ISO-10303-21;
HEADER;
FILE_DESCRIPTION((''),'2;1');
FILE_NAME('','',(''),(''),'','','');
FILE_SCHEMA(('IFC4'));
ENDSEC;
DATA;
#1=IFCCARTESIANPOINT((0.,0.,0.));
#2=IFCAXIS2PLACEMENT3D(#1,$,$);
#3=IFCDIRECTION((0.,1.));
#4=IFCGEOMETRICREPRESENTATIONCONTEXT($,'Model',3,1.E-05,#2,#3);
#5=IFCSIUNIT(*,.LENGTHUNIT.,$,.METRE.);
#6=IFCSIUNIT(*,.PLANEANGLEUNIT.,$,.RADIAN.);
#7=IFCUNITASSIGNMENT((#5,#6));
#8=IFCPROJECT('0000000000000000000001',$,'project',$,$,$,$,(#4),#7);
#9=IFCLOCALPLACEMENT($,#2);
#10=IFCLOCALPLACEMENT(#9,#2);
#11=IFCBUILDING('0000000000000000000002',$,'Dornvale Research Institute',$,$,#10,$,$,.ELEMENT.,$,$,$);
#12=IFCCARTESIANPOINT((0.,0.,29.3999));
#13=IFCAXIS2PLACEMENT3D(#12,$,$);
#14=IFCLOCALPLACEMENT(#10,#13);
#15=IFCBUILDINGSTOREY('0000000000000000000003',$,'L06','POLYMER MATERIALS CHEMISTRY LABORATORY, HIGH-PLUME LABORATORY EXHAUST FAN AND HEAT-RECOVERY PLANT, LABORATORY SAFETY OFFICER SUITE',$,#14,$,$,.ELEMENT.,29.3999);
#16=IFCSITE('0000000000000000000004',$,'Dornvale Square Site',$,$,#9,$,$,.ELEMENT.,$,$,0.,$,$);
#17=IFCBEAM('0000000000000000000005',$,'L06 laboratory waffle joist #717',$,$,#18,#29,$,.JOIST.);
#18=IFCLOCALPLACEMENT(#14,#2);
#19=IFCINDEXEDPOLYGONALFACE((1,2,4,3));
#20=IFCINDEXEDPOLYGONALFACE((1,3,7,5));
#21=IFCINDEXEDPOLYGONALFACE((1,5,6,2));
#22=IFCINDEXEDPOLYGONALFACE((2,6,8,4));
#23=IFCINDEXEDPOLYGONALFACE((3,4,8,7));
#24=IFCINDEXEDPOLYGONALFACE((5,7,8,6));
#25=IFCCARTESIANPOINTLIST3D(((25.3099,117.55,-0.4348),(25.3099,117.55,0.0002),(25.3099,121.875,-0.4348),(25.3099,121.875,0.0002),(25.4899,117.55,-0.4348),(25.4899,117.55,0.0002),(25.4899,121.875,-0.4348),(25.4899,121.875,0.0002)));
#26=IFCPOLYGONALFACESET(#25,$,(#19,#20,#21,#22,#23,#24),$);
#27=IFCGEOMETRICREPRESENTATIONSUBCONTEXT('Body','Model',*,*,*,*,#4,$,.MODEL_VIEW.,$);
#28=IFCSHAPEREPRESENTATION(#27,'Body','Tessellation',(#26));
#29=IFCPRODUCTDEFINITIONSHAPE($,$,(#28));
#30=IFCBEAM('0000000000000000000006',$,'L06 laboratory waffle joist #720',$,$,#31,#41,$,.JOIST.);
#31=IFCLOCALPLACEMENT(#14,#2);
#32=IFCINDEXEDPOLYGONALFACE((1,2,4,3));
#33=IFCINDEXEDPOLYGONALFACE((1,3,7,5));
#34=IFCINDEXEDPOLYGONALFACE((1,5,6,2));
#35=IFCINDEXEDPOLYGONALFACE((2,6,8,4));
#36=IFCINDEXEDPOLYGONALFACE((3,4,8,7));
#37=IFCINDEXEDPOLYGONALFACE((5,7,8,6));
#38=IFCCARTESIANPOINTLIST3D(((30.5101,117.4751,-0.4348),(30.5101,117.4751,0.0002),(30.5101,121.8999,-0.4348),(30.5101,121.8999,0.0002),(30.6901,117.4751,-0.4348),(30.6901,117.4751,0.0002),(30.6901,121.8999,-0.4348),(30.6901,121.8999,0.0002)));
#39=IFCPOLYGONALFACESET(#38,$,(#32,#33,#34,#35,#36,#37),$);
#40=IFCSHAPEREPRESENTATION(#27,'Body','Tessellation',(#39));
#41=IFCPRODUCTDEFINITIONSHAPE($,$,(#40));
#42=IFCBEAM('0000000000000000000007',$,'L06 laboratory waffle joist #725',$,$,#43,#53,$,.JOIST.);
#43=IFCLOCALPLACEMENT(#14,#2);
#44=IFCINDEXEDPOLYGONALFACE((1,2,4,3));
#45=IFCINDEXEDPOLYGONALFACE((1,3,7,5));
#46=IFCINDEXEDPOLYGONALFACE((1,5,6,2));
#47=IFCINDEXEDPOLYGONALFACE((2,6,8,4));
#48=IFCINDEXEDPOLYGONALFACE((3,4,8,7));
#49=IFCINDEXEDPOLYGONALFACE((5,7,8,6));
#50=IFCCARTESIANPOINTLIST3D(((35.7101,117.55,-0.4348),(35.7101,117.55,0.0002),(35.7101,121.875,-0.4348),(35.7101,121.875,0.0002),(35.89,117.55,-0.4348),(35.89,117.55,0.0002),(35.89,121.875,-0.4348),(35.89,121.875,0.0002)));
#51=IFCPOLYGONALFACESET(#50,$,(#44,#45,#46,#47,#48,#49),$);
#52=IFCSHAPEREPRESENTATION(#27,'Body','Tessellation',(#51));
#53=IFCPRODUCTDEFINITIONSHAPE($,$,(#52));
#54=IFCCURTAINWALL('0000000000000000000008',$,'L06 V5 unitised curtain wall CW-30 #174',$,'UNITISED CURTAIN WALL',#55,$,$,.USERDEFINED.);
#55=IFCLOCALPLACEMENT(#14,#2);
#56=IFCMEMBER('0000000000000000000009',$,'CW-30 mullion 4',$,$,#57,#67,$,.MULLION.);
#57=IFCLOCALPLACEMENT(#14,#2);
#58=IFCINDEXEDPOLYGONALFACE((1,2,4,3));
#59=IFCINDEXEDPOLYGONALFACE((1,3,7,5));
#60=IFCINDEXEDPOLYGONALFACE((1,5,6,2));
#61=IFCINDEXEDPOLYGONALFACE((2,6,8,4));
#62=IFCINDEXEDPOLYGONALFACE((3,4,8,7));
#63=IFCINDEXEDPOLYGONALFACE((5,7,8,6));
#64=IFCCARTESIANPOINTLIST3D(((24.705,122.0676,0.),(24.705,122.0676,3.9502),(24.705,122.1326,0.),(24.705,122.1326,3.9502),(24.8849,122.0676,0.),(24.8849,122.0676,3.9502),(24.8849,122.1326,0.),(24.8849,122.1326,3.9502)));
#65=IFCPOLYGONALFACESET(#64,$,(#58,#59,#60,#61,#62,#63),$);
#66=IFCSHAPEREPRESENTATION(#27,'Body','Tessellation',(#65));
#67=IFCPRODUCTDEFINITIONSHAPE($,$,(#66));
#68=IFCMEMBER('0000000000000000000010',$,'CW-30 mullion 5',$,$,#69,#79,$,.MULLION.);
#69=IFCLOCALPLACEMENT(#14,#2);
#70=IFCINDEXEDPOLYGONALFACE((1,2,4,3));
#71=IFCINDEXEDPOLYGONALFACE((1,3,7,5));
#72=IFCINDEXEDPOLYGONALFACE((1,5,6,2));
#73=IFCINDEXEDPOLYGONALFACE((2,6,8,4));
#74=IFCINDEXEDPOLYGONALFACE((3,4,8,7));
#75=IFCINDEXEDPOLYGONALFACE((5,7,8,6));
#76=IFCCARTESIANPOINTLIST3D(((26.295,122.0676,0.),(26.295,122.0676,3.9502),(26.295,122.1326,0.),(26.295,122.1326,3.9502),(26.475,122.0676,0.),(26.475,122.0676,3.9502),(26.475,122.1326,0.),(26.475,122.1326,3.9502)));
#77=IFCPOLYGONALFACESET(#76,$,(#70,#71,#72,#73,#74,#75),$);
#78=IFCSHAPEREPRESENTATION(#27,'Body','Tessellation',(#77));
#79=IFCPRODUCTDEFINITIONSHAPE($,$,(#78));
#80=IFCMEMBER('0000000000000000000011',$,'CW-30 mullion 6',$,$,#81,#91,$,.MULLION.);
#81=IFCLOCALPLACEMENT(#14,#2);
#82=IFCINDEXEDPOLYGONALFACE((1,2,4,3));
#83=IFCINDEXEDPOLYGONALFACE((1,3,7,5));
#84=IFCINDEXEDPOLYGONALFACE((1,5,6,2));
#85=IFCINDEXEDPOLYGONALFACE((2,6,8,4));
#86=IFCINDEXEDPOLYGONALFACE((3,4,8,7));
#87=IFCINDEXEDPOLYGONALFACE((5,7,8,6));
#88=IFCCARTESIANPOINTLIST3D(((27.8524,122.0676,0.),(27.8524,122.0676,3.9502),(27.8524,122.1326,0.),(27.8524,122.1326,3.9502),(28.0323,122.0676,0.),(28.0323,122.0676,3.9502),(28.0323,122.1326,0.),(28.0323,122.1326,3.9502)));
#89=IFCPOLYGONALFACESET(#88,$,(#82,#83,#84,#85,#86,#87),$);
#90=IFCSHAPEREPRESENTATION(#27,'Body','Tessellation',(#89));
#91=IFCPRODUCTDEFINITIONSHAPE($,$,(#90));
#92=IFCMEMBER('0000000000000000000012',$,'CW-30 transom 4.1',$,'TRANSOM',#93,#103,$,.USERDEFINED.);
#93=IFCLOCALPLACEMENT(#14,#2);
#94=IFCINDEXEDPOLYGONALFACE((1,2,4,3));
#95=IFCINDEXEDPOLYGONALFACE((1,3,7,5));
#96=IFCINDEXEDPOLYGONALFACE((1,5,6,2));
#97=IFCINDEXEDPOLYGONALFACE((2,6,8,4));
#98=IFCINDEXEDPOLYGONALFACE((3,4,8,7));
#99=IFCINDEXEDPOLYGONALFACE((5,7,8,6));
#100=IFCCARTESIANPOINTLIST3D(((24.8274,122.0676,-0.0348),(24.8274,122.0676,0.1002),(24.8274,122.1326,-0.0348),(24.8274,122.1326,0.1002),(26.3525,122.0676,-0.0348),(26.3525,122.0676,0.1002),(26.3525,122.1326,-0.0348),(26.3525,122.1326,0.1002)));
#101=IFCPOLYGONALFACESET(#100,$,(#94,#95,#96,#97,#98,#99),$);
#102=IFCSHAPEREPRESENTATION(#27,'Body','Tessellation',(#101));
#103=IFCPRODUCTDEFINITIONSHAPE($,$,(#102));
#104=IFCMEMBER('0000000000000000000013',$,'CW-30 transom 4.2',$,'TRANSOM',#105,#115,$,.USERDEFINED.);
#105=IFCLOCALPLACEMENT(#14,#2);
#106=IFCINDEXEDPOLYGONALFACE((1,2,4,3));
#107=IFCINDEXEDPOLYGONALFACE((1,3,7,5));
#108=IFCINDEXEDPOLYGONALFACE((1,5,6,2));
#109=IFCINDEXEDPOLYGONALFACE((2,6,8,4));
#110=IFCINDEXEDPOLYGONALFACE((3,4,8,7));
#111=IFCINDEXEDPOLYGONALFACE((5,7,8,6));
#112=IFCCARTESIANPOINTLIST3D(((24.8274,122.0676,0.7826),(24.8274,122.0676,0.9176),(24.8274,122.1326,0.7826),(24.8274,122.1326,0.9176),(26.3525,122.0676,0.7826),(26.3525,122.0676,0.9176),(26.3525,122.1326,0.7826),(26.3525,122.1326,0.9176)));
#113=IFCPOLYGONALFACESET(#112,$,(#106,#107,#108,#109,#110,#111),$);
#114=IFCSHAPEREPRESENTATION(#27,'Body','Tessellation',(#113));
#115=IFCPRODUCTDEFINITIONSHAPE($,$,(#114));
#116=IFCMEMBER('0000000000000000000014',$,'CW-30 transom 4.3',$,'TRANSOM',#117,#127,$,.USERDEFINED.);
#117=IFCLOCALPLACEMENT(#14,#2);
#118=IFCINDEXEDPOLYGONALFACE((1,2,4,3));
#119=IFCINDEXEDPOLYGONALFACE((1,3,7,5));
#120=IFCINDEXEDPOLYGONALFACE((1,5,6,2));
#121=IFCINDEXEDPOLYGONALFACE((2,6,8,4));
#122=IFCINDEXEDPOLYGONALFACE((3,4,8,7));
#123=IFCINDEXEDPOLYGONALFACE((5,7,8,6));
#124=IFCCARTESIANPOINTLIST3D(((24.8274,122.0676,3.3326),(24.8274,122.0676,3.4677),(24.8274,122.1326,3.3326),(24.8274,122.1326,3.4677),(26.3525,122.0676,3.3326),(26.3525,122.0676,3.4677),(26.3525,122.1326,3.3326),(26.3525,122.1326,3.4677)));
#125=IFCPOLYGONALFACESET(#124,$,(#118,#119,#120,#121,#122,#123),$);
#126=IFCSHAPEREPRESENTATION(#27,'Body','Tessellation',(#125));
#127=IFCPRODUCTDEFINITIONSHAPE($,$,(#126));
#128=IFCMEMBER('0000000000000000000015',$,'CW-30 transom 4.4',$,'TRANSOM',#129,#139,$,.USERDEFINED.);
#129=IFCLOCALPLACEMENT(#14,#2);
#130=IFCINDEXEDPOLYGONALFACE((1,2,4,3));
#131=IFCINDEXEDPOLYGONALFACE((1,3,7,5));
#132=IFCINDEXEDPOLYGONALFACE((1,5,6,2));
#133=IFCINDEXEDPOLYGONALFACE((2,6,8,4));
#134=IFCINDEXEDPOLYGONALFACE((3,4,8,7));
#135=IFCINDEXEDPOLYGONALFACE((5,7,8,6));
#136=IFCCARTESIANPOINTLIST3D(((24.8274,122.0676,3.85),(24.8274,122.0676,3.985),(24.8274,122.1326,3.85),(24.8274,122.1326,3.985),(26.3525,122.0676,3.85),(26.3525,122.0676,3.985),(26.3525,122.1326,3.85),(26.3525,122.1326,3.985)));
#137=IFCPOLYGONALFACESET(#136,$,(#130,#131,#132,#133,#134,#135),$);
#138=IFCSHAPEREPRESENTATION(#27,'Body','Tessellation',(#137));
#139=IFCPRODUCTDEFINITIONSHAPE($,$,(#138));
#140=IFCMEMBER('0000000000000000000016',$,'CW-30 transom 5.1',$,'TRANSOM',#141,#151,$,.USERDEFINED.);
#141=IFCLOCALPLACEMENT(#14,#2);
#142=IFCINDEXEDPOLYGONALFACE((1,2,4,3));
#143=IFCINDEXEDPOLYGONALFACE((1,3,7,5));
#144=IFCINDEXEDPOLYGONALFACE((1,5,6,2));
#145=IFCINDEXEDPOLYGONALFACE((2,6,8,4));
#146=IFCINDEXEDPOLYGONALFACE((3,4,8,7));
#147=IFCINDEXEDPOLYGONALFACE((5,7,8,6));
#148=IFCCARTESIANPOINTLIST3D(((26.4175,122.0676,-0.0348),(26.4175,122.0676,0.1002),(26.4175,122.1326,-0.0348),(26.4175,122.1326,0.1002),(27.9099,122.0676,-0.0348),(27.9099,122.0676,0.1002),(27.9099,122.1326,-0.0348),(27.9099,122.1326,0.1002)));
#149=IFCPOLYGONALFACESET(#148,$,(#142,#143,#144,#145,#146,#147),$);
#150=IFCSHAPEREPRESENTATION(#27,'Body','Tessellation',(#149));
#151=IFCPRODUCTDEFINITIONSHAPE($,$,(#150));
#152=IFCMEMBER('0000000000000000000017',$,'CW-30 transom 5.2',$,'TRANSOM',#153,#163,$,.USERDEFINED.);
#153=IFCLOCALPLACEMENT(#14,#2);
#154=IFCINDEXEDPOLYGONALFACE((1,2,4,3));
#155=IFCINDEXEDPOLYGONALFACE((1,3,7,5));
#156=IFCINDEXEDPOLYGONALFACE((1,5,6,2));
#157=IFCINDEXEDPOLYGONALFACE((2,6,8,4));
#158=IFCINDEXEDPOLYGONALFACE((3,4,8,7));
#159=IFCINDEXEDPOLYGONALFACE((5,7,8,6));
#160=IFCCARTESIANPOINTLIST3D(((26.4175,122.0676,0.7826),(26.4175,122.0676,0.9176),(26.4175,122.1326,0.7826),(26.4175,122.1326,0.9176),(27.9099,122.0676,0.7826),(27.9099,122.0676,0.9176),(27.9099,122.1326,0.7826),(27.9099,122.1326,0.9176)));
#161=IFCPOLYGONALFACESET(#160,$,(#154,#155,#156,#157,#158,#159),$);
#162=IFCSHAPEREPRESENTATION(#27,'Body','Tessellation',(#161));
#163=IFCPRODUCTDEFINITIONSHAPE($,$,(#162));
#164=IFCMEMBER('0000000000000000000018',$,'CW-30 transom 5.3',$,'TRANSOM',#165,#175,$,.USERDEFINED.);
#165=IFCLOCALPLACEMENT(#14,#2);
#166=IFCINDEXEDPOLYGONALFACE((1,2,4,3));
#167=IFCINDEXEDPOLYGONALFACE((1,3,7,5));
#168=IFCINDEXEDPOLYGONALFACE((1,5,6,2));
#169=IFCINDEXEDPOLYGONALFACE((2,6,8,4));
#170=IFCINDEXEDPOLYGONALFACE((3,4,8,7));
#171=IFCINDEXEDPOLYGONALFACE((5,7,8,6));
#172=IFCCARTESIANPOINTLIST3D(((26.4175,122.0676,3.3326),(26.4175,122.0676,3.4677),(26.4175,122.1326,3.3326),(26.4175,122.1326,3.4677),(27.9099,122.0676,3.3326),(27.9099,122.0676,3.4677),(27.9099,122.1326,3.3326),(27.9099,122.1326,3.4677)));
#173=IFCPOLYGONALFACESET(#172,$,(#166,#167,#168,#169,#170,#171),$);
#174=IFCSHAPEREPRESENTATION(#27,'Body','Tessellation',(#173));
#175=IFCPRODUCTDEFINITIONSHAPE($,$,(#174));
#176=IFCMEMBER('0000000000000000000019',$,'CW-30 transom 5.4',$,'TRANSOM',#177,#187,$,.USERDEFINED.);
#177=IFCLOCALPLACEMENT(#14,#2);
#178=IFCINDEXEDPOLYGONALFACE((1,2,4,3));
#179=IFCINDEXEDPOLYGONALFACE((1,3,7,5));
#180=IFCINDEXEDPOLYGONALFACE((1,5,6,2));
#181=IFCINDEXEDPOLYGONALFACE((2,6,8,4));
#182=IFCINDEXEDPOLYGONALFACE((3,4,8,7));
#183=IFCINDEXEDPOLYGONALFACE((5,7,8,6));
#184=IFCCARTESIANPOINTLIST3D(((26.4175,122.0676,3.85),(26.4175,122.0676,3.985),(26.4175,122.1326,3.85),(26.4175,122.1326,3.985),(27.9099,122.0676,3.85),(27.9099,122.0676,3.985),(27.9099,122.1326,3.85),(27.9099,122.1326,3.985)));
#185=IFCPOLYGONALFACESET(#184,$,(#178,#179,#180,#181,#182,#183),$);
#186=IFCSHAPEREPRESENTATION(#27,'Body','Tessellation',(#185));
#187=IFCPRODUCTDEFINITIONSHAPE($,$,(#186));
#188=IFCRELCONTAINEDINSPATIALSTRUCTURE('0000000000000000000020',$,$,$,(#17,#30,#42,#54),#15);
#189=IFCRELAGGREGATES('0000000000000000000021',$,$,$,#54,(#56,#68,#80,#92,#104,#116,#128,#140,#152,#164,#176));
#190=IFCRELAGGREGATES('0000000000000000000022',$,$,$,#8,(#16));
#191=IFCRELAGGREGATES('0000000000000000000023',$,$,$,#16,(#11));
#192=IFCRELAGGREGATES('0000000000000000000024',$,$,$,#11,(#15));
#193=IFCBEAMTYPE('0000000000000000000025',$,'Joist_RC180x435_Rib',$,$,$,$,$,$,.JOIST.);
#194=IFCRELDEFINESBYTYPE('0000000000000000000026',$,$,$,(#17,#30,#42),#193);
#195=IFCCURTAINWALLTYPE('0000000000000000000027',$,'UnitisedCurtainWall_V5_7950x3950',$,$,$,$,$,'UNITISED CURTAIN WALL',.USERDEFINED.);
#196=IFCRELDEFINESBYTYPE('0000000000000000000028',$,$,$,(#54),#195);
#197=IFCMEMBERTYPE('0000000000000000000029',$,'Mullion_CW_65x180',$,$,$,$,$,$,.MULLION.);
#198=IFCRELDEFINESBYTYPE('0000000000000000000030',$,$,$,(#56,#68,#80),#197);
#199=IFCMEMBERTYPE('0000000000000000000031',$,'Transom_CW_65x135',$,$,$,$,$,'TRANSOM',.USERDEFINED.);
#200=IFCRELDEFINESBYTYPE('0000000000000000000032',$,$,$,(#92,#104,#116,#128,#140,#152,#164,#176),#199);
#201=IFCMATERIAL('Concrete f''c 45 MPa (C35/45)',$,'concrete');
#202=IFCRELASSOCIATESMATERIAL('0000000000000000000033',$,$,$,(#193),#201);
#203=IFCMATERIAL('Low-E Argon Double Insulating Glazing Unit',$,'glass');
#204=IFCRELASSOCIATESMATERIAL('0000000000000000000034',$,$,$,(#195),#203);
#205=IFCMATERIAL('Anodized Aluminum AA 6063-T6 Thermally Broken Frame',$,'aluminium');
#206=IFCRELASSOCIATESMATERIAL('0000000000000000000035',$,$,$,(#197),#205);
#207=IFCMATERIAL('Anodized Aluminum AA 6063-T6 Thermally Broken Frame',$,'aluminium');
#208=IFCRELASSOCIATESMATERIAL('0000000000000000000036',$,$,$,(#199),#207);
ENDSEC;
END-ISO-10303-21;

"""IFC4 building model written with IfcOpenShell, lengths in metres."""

from ifc_helpers import new_model, si_unit, direction, frame, origin, origin_2d, place, context, subcontext, project, spatial, rectangle, extrude, material, material_profile, profile_set, type_object, element, aggregate, save


model = new_model("IFC4")

# Units and contexts
model_context = context("Model", 3, precision=1e-05, world=origin(), true_north=direction((0.0, 1.0)))
body_context = subcontext(model_context, "Body", "Model", "MODEL_VIEW")
ifc_project = project(units=[si_unit("LENGTHUNIT", "METRE"), si_unit("PLANEANGLEUNIT", "RADIAN")], contexts=[model_context])

# Site, building, storey
site_placement = place(None, origin())
site = spatial("IfcSite", under=ifc_project, at=site_placement, Name="Dornvale Square Site", CompositionType="ELEMENT", RefElevation=0.0)
building_placement = place(site_placement, origin())
building = spatial("IfcBuilding", under=site, at=building_placement, Name="Dornvale Research Institute", CompositionType="ELEMENT")
storey_placement = place(building_placement, frame((0.0, 0.0, 29.3999)))
storey = spatial("IfcBuildingStorey", under=building, at=storey_placement, Name="L06", Description="POLYMER MATERIALS CHEMISTRY LABORATORY, HIGH-PLUME LABORATORY EXHAUST FAN AND HEAT-RECOVERY PLANT, LABORATORY SAFETY OFFICER SUITE", CompositionType="ELEMENT", Elevation=29.3999)

# Beams
ifc_material_1 = material(Name="Concrete f'c 45 MPa (C35/45)", Category="concrete")
ifc_material_profile_1 = material_profile(ifc_material_1, rectangle(XDim=0.1799, YDim=0.4351, at=origin_2d()), Name="RC 180x435")
ifc_profile_set_1 = profile_set([ifc_material_profile_1], Name="Concrete f'c 45 MPa (C35/45)")
beam_type = type_object("IfcBeamType", Name="Joist_RC180x435_Rib", PredefinedType="JOIST", material=ifc_profile_set_1)
beam_1_placement = place(storey_placement, frame((25.3999, 117.55, -0.2173), z_axis=(0.0, 1.0, 0.0), x_axis=(-1.0, 0.0, 0.0)))
element("IfcBeam", 1, at=beam_1_placement, inside=storey, type_object=beam_type, Name="L06 laboratory waffle joist #717", PredefinedType="JOIST", context=body_context, shape_type="SweptSolid", body=[
    extrude(rectangle(XDim=0.1799, YDim=0.4351, at=origin_2d()), origin(), (0.0, 0.0, 1.0), 4.325),
])
beam_2_placement = place(storey_placement, frame((30.6001, 117.4751, -0.2173), z_axis=(0.0, 1.0, 0.0), x_axis=(-1.0, 0.0, 0.0)))
element("IfcBeam", 2, at=beam_2_placement, inside=storey, type_object=beam_type, Name="L06 laboratory waffle joist #720", PredefinedType="JOIST", context=body_context, shape_type="SweptSolid", body=[
    extrude(rectangle(XDim=0.1799, YDim=0.4351, at=origin_2d()), origin(), (0.0, 0.0, 1.0), 4.4248),
])
beam_3_placement = place(storey_placement, frame((35.8, 117.55, -0.2173), z_axis=(0.0, 1.0, 0.0), x_axis=(-1.0, 0.0, 0.0)))
element("IfcBeam", 3, at=beam_3_placement, inside=storey, type_object=beam_type, Name="L06 laboratory waffle joist #725", PredefinedType="JOIST", context=body_context, shape_type="SweptSolid", body=[
    extrude(rectangle(XDim=0.1799, YDim=0.4351, at=origin_2d()), origin(), (0.0, 0.0, 1.0), 4.325),
])

# Curtain wall, members
ifc_material_2 = material(Name="Low-E Argon Double Insulating Glazing Unit", Category="glass")
curtain_wall_type = type_object("IfcCurtainWallType", Name="UnitisedCurtainWall_V5_7950x3950", ElementType="UNITISED CURTAIN WALL", PredefinedType="USERDEFINED", material=ifc_material_2)
curtain_wall_placement = place(storey_placement, origin())
curtain_wall = element("IfcCurtainWall", 4, at=curtain_wall_placement, inside=storey, type_object=curtain_wall_type, Name="L06 V5 unitised curtain wall CW-30 #174", ObjectType="UNITISED CURTAIN WALL", PredefinedType="USERDEFINED")
ifc_material_3 = material(Name="Anodized Aluminum AA 6063-T6 Thermally Broken Frame", Category="aluminium")
ifc_material_profile_2 = material_profile(ifc_material_3, rectangle(XDim=0.0649, YDim=0.1799, at=origin_2d()), Name="ALU MULLION 65x180")
ifc_profile_set_2 = profile_set([ifc_material_profile_2], Name="Anodized Aluminum AA 6063-T6 Thermally Broken Frame")
member_type_1 = type_object("IfcMemberType", Name="Mullion_CW_65x180", PredefinedType="MULLION", material=ifc_profile_set_2)
member_1_placement = place(storey_placement, frame((24.7949, 122.1001, 0.0), z_axis=(0.0, 0.0, 1.0), x_axis=(0.0, 1.0, 0.0)))
member_1 = element("IfcMember", 5, at=member_1_placement, type_object=member_type_1, Name="CW-30 mullion 4", PredefinedType="MULLION", context=body_context, shape_type="SweptSolid", body=[
    extrude(rectangle(XDim=0.0649, YDim=0.1799, at=origin_2d()), origin(), (0.0, 0.0, 1.0), 3.9502),
])
member_2_placement = place(storey_placement, frame((26.385, 122.1001, 0.0), z_axis=(0.0, 0.0, 1.0), x_axis=(0.0, 1.0, 0.0)))
member_2 = element("IfcMember", 6, at=member_2_placement, type_object=member_type_1, Name="CW-30 mullion 5", PredefinedType="MULLION", context=body_context, shape_type="SweptSolid", body=[
    extrude(rectangle(XDim=0.0649, YDim=0.1799, at=origin_2d()), origin(), (0.0, 0.0, 1.0), 3.9502),
])
member_3_placement = place(storey_placement, frame((27.9424, 122.1001, 0.0), z_axis=(0.0, 0.0, 1.0), x_axis=(0.0, 1.0, 0.0)))
member_3 = element("IfcMember", 7, at=member_3_placement, type_object=member_type_1, Name="CW-30 mullion 6", PredefinedType="MULLION", context=body_context, shape_type="SweptSolid", body=[
    extrude(rectangle(XDim=0.0649, YDim=0.1799, at=origin_2d()), origin(), (0.0, 0.0, 1.0), 3.9502),
])
ifc_material_4 = material(Name="Anodized Aluminum AA 6063-T6 Thermally Broken Frame", Category="aluminium")
ifc_material_profile_3 = material_profile(ifc_material_4, rectangle(XDim=0.0649, YDim=0.135, at=origin_2d()), Name="ALU TRANSOM 65x135")
ifc_profile_set_3 = profile_set([ifc_material_profile_3], Name="Anodized Aluminum AA 6063-T6 Thermally Broken Frame")
member_type_2 = type_object("IfcMemberType", Name="Transom_CW_65x135", ElementType="TRANSOM", PredefinedType="USERDEFINED", material=ifc_profile_set_3)
member_4_placement = place(storey_placement, frame((24.8274, 122.1001, 0.0327), z_axis=(1.0, 0.0, 0.0), x_axis=(0.0, 1.0, 0.0)))
member_4 = element("IfcMember", 8, at=member_4_placement, type_object=member_type_2, Name="CW-30 transom 4.1", ObjectType="TRANSOM", PredefinedType="USERDEFINED", context=body_context, shape_type="SweptSolid", body=[
    extrude(rectangle(XDim=0.0649, YDim=0.135, at=origin_2d()), origin(), (0.0, 0.0, 1.0), 1.5251),
])
member_5_placement = place(storey_placement, frame((24.8274, 122.1001, 0.8501), z_axis=(1.0, 0.0, 0.0), x_axis=(0.0, 1.0, 0.0)))
member_5 = element("IfcMember", 9, at=member_5_placement, type_object=member_type_2, Name="CW-30 transom 4.2", ObjectType="TRANSOM", PredefinedType="USERDEFINED", context=body_context, shape_type="SweptSolid", body=[
    extrude(rectangle(XDim=0.0649, YDim=0.135, at=origin_2d()), origin(), (0.0, 0.0, 1.0), 1.5251),
])
member_6_placement = place(storey_placement, frame((24.8274, 122.1001, 3.4001), z_axis=(1.0, 0.0, 0.0), x_axis=(0.0, 1.0, 0.0)))
member_6 = element("IfcMember", 10, at=member_6_placement, type_object=member_type_2, Name="CW-30 transom 4.3", ObjectType="TRANSOM", PredefinedType="USERDEFINED", context=body_context, shape_type="SweptSolid", body=[
    extrude(rectangle(XDim=0.0649, YDim=0.135, at=origin_2d()), origin(), (0.0, 0.0, 1.0), 1.5251),
])
member_7_placement = place(storey_placement, frame((24.8274, 122.1001, 3.9175), z_axis=(1.0, 0.0, 0.0), x_axis=(0.0, 1.0, 0.0)))
member_7 = element("IfcMember", 11, at=member_7_placement, type_object=member_type_2, Name="CW-30 transom 4.4", ObjectType="TRANSOM", PredefinedType="USERDEFINED", context=body_context, shape_type="SweptSolid", body=[
    extrude(rectangle(XDim=0.0649, YDim=0.135, at=origin_2d()), origin(), (0.0, 0.0, 1.0), 1.5251),
])
member_8_placement = place(storey_placement, frame((26.4175, 122.1001, 0.0327), z_axis=(1.0, 0.0, 0.0), x_axis=(0.0, 1.0, 0.0)))
member_8 = element("IfcMember", 12, at=member_8_placement, type_object=member_type_2, Name="CW-30 transom 5.1", ObjectType="TRANSOM", PredefinedType="USERDEFINED", context=body_context, shape_type="SweptSolid", body=[
    extrude(rectangle(XDim=0.0649, YDim=0.135, at=origin_2d()), origin(), (0.0, 0.0, 1.0), 1.4924),
])
member_9_placement = place(storey_placement, frame((26.4175, 122.1001, 0.8501), z_axis=(1.0, 0.0, 0.0), x_axis=(0.0, 1.0, 0.0)))
member_9 = element("IfcMember", 13, at=member_9_placement, type_object=member_type_2, Name="CW-30 transom 5.2", ObjectType="TRANSOM", PredefinedType="USERDEFINED", context=body_context, shape_type="SweptSolid", body=[
    extrude(rectangle(XDim=0.0649, YDim=0.135, at=origin_2d()), origin(), (0.0, 0.0, 1.0), 1.4924),
])
member_10_placement = place(storey_placement, frame((26.4175, 122.1001, 3.4001), z_axis=(1.0, 0.0, 0.0), x_axis=(0.0, 1.0, 0.0)))
member_10 = element("IfcMember", 14, at=member_10_placement, type_object=member_type_2, Name="CW-30 transom 5.3", ObjectType="TRANSOM", PredefinedType="USERDEFINED", context=body_context, shape_type="SweptSolid", body=[
    extrude(rectangle(XDim=0.0649, YDim=0.135, at=origin_2d()), origin(), (0.0, 0.0, 1.0), 1.4924),
])
member_11_placement = place(storey_placement, frame((26.4175, 122.1001, 3.9175), z_axis=(1.0, 0.0, 0.0), x_axis=(0.0, 1.0, 0.0)))
member_11 = element("IfcMember", 15, at=member_11_placement, type_object=member_type_2, Name="CW-30 transom 5.4", ObjectType="TRANSOM", PredefinedType="USERDEFINED", context=body_context, shape_type="SweptSolid", body=[
    extrude(rectangle(XDim=0.0649, YDim=0.135, at=origin_2d()), origin(), (0.0, 0.0, 1.0), 1.4924),
])
aggregate(curtain_wall, [member_1, member_2, member_3, member_4, member_5, member_6, member_7, member_8, member_9, member_10, member_11])

save(model, "model.ifc")
